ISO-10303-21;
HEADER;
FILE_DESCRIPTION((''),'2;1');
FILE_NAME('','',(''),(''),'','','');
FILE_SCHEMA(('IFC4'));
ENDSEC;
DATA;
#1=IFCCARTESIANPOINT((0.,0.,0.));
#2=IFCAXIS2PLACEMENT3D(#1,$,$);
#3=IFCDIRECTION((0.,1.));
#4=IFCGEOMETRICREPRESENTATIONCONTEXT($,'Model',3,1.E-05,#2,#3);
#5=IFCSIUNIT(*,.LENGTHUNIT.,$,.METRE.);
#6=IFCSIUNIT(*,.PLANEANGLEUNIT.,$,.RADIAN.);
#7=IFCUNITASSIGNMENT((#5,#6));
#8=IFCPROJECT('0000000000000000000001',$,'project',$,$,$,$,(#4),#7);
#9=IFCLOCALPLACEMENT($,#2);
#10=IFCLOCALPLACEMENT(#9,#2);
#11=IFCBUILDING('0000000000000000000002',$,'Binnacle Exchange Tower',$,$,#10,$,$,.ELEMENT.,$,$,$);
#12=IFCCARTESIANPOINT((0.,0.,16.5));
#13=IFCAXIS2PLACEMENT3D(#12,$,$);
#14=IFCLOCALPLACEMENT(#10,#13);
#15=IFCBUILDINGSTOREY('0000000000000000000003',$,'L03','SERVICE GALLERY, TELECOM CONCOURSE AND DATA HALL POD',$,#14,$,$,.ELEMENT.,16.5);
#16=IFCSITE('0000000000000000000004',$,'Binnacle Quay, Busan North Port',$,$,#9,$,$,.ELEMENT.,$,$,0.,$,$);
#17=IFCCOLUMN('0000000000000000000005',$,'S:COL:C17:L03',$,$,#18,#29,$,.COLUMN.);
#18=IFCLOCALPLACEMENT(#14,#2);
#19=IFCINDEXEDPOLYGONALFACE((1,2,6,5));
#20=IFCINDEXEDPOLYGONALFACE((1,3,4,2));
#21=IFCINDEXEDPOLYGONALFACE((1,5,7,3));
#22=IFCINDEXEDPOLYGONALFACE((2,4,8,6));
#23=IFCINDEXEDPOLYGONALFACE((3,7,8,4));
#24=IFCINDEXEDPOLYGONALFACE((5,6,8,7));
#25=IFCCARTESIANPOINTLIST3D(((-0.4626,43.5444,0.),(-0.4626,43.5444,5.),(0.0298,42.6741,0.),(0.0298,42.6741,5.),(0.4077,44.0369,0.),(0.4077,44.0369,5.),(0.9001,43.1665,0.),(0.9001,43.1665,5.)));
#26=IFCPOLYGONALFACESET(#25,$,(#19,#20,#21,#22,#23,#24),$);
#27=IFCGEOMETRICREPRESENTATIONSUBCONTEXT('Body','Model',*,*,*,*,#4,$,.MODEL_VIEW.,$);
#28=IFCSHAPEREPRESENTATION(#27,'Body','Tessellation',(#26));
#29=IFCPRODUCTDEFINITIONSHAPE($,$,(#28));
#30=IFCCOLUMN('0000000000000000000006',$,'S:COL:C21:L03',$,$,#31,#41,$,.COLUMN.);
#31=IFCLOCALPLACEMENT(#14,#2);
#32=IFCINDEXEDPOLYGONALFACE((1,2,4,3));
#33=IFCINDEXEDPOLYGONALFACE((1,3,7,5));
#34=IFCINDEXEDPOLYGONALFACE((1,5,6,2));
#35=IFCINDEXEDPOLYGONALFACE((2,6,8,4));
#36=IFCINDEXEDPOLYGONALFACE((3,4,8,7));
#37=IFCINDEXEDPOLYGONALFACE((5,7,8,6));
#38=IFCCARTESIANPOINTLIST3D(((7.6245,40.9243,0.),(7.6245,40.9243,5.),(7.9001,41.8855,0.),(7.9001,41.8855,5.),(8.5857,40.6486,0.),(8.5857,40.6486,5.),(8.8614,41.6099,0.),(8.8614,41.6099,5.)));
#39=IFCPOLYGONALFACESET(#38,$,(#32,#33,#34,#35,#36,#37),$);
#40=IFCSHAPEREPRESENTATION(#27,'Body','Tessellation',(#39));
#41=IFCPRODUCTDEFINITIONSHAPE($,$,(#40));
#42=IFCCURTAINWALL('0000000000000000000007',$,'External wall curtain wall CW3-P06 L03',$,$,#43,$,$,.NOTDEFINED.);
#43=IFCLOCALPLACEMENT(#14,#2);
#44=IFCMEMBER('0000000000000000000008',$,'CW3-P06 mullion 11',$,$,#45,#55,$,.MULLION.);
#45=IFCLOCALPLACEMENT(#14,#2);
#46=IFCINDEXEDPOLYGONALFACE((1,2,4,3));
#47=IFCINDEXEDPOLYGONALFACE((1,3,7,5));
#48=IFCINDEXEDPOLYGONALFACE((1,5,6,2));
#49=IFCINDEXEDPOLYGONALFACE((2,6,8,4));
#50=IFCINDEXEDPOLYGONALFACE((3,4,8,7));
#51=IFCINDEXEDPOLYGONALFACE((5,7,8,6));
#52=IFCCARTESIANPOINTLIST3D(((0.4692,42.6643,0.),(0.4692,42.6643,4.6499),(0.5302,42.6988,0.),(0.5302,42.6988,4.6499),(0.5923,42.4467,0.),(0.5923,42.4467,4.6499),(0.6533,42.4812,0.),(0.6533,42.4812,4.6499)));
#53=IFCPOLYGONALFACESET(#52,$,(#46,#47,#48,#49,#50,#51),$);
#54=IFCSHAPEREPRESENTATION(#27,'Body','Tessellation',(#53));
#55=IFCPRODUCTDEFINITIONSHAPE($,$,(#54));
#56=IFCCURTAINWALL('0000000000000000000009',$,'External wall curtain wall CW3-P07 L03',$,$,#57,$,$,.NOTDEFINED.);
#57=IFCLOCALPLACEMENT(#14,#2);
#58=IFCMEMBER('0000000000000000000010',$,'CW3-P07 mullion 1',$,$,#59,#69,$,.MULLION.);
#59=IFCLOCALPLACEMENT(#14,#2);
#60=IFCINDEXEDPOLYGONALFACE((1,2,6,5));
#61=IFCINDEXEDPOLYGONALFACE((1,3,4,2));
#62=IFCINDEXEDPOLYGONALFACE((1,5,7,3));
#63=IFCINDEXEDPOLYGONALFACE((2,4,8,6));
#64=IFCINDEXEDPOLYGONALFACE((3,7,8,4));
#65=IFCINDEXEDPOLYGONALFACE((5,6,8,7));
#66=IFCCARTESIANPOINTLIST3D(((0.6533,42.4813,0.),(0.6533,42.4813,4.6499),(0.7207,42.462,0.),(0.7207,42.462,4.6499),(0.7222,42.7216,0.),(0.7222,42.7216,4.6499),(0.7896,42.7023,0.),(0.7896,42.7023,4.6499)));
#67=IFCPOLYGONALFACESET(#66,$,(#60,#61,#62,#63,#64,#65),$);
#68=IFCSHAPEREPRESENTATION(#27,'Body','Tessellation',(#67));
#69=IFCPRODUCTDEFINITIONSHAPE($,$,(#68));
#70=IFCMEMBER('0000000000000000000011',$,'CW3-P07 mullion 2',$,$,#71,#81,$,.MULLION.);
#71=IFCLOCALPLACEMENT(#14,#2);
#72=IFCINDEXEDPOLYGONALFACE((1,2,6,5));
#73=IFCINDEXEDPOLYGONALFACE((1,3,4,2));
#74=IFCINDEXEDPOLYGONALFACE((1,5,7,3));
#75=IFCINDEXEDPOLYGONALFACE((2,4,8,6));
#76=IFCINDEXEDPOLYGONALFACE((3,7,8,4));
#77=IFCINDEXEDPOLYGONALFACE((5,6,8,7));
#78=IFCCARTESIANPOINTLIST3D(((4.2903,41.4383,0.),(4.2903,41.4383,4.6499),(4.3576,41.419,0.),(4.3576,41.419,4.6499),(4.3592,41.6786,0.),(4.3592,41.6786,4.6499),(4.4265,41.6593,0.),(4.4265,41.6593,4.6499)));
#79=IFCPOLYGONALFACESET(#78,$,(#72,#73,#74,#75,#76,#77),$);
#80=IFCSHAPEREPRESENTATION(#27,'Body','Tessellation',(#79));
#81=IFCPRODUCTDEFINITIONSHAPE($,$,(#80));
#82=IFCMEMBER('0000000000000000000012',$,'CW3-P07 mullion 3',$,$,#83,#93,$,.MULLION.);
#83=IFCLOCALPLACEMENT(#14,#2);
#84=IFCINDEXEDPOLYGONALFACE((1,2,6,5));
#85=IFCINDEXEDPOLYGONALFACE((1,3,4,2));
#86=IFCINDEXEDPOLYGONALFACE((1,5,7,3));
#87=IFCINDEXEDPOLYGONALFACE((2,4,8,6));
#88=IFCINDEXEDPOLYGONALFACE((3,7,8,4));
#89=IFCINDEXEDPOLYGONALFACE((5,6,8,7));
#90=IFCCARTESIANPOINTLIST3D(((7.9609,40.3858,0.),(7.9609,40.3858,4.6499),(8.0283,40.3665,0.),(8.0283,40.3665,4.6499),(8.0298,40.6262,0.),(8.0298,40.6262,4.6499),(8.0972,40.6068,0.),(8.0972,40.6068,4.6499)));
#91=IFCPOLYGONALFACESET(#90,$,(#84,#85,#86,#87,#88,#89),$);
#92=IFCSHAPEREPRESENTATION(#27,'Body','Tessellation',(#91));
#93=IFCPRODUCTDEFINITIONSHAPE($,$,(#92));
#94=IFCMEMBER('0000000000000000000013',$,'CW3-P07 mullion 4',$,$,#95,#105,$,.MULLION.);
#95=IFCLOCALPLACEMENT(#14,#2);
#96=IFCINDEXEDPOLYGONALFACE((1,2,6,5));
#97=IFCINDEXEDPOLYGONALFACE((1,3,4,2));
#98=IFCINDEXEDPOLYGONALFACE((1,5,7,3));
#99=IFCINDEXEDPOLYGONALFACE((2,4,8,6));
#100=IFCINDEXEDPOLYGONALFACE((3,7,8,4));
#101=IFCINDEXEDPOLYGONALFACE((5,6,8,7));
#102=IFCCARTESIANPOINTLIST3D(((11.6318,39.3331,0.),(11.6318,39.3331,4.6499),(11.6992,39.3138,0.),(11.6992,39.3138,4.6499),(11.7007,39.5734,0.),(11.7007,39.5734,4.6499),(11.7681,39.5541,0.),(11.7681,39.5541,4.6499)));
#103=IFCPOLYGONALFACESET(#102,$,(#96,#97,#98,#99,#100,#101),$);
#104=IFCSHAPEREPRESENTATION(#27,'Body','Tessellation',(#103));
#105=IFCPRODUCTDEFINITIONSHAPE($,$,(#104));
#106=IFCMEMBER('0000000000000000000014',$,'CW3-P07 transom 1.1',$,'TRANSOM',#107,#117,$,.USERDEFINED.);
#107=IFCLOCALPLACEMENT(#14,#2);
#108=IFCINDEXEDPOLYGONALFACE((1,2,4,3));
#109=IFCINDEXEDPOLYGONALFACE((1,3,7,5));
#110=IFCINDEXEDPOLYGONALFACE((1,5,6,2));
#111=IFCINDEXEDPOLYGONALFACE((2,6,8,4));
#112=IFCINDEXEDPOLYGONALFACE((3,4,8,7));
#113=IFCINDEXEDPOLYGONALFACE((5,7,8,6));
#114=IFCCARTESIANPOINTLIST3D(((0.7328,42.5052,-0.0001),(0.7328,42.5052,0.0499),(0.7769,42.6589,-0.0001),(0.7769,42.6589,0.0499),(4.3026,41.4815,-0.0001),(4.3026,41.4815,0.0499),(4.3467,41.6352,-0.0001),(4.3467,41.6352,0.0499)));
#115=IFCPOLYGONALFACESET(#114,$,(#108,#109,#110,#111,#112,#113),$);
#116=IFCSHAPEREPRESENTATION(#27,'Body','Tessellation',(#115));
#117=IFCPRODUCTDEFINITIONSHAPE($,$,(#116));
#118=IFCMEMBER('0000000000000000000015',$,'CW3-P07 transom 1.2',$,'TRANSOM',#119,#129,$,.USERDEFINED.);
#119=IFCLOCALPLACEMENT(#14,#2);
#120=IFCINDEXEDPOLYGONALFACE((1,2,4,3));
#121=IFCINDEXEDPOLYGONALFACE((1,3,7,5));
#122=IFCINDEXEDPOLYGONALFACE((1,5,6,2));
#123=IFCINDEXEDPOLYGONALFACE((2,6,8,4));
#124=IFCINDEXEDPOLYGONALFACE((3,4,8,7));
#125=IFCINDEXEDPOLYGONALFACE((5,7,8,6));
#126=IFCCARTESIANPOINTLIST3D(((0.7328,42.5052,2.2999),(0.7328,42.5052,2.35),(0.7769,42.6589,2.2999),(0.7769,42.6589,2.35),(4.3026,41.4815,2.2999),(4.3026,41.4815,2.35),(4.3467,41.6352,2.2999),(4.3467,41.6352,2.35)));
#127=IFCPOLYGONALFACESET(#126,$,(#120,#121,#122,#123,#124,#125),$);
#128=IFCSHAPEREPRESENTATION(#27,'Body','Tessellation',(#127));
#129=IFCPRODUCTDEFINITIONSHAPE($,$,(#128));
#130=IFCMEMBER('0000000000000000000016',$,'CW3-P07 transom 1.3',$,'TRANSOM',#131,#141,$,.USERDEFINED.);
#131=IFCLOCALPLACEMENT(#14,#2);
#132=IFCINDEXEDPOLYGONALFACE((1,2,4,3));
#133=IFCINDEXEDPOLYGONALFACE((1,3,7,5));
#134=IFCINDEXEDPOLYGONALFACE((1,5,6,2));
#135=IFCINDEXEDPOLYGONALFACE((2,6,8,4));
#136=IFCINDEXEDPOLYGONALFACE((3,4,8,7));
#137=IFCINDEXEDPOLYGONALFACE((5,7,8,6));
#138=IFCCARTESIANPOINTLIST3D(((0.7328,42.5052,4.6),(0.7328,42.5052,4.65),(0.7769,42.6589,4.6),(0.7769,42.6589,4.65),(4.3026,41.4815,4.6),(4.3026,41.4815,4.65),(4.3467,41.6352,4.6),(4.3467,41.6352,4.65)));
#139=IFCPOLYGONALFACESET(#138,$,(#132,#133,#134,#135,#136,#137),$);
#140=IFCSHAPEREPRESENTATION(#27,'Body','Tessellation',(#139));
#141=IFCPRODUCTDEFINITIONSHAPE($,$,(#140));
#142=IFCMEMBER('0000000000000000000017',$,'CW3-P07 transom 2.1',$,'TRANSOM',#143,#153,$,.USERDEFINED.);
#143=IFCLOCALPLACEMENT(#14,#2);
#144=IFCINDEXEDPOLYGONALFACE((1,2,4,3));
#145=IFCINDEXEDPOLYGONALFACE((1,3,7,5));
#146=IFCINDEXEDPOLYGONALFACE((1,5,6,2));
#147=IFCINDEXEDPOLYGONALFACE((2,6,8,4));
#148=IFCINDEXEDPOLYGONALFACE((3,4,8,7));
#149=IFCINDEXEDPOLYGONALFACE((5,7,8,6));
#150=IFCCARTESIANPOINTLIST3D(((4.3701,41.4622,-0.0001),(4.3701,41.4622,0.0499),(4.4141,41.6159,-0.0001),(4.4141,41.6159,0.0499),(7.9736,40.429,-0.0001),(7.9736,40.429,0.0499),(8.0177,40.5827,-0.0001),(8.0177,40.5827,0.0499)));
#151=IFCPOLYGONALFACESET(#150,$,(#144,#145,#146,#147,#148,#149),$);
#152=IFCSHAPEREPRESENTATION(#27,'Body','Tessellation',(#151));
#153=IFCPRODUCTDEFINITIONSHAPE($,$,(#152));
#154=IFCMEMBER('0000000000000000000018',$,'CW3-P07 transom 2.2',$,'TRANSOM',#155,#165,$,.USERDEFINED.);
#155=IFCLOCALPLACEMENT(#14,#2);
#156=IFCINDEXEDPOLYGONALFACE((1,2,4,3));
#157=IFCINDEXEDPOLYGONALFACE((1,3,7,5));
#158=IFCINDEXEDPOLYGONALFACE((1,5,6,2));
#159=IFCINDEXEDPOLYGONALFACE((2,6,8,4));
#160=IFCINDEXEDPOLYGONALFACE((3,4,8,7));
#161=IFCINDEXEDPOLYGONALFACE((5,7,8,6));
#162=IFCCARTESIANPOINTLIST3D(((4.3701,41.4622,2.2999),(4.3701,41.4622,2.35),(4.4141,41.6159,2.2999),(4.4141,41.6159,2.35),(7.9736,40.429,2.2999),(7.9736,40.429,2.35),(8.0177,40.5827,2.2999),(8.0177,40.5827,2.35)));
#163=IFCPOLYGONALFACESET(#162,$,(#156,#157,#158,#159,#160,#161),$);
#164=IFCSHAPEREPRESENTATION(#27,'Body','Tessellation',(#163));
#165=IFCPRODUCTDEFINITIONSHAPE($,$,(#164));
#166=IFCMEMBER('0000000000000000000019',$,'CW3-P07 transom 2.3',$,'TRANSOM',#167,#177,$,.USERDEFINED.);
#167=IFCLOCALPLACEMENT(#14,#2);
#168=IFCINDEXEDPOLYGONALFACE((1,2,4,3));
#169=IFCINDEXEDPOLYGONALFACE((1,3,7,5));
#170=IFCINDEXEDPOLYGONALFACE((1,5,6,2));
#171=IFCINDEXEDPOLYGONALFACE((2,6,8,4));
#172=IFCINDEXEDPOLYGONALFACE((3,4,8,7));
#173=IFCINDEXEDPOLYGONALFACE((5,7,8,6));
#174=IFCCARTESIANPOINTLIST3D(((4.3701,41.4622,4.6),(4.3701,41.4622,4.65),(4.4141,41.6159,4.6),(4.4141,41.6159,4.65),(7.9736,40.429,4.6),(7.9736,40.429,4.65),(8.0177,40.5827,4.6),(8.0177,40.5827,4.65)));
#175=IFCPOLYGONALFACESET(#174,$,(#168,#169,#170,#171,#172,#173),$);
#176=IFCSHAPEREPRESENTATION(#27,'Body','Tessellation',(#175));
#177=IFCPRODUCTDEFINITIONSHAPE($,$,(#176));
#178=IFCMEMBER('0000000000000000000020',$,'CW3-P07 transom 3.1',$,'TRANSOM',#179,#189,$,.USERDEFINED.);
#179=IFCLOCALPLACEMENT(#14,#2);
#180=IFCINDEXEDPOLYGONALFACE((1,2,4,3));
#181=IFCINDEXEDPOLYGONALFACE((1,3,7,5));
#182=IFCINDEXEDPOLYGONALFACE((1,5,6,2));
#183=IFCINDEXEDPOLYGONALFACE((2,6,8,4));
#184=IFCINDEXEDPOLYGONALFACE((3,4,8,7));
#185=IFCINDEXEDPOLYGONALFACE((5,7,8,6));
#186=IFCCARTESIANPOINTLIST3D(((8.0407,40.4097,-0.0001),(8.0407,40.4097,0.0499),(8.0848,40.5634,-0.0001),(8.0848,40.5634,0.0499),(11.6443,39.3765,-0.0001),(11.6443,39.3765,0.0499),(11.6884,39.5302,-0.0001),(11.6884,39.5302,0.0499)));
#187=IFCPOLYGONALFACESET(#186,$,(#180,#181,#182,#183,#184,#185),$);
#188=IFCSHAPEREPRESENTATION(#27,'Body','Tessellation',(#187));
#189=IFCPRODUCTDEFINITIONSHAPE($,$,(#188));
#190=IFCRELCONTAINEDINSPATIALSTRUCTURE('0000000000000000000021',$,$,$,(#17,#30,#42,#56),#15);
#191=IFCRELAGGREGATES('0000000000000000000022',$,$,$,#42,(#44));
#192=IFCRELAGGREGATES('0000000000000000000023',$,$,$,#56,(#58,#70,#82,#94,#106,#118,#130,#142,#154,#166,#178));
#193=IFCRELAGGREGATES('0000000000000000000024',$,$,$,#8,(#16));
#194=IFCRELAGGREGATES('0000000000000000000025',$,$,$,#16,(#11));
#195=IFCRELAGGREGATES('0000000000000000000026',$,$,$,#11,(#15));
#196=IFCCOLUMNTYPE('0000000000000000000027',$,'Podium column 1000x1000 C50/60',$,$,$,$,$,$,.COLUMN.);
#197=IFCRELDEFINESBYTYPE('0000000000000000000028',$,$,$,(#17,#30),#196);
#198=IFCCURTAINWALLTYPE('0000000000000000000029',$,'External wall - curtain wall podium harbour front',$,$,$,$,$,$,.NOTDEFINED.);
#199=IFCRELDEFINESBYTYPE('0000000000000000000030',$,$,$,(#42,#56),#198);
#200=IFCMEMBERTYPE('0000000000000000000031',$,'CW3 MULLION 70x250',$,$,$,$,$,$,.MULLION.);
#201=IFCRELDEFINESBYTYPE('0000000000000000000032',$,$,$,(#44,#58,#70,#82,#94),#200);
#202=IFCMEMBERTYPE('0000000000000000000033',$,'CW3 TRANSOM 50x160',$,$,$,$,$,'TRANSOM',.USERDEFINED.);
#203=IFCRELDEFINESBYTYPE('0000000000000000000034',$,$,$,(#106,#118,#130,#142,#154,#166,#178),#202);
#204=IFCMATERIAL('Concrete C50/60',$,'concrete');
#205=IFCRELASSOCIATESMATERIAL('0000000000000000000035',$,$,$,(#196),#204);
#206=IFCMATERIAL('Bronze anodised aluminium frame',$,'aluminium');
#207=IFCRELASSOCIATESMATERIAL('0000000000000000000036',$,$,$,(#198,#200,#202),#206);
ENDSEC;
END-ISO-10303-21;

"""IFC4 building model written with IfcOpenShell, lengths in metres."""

from ifc_helpers import new_model, si_unit, direction, frame, origin, origin_2d, place, context, subcontext, project, spatial, rectangle, extrude, material, material_profile, profile_set, type_object, element, aggregate, save


model = new_model("IFC4")

# Units and contexts
model_context = context("Model", 3, precision=1e-05, world=origin(), true_north=direction((0.0, 1.0)))
body_context = subcontext(model_context, "Body", "Model", "MODEL_VIEW")
ifc_project = project(units=[si_unit("LENGTHUNIT", "METRE"), si_unit("PLANEANGLEUNIT", "RADIAN")], contexts=[model_context])

# Site, building, storey
site_placement = place(None, origin())
site = spatial("IfcSite", under=ifc_project, at=site_placement, Name="Binnacle Quay, Busan North Port", CompositionType="ELEMENT", RefElevation=0.0)
building_placement = place(site_placement, origin())
building = spatial("IfcBuilding", under=site, at=building_placement, Name="Binnacle Exchange Tower", CompositionType="ELEMENT")
storey_placement = place(building_placement, frame((0.0, 0.0, 16.5)))
storey = spatial("IfcBuildingStorey", under=building, at=storey_placement, Name="L03", Description="SERVICE GALLERY, TELECOM CONCOURSE AND DATA HALL POD", CompositionType="ELEMENT", Elevation=16.5)

# Columns
ifc_material_1 = material(Name="Concrete C50/60", Category="concrete")
ifc_material_profile_1 = material_profile(ifc_material_1, rectangle(XDim=1.0, YDim=1.0, at=origin_2d()), Name="Podium column 1000x1000 C50/60")
ifc_profile_set_1 = profile_set([ifc_material_profile_1], Name="Concrete C50/60")
column_type = type_object("IfcColumnType", Name="Podium column 1000x1000 C50/60", PredefinedType="COLUMN", material=ifc_profile_set_1)
for number, where, z_axis, x_axis, name in (
    (1, (0.2188, 43.3555, 0.0), (0.0, 0.0, 1.0), (0.870356, 0.492424, 0.0), "S:COL:C17:L03"),
    (2, (8.2429, 41.2671, 0.0), (0.0, 0.0, 1.0), (0.961262, -0.275637, 0.0), "S:COL:C21:L03"),
):
    element("IfcColumn", number, at=place(storey_placement, frame(where, z_axis=z_axis, x_axis=x_axis)), inside=storey, type_object=column_type, Name=name, PredefinedType="COLUMN", context=body_context, shape_type="SweptSolid", body=[
        extrude(rectangle(XDim=1.0, YDim=1.0, at=origin_2d()), origin(), (0.0, 0.0, 1.0), 5.0),
    ])

# Curtain wall, member
ifc_material_2 = material(Name="Bronze anodised aluminium frame", Category="aluminium")
curtain_wall_type = type_object("IfcCurtainWallType", Name="External wall - curtain wall podium harbour front", PredefinedType="NOTDEFINED", material=ifc_material_2)
curtain_wall_1_placement = place(storey_placement, origin())
curtain_wall_1 = element("IfcCurtainWall", 3, at=curtain_wall_1_placement, inside=storey, type_object=curtain_wall_type, Name="External wall curtain wall CW3-P06 L03", PredefinedType="NOTDEFINED")
ifc_material_profile_2 = material_profile(ifc_material_2, rectangle(XDim=0.25, YDim=0.0701, at=origin_2d()), Name="AL 70x250")
ifc_profile_set_2 = profile_set([ifc_material_profile_2], Name="Bronze anodised aluminium frame")
member_type_1 = type_object("IfcMemberType", Name="CW3 MULLION 70x250", PredefinedType="MULLION", material=ifc_profile_set_2)
member_1_placement = place(storey_placement, frame((0.5613, 42.5728, 0.0), z_axis=(0.0, 0.0, 1.0), x_axis=(-0.492424, 0.870356, 0.0)))
member_1 = element("IfcMember", 4, at=member_1_placement, type_object=member_type_1, Name="CW3-P06 mullion 11", PredefinedType="MULLION", context=body_context, shape_type="SweptSolid", body=[
    extrude(rectangle(XDim=0.25, YDim=0.0701, at=origin_2d()), origin(), (0.0, 0.0, 1.0), 4.6499),
])
aggregate(curtain_wall_1, [member_1])

# Curtain wall, members
curtain_wall_2_placement = place(storey_placement, origin())
curtain_wall_2 = element("IfcCurtainWall", 5, at=curtain_wall_2_placement, inside=storey, type_object=curtain_wall_type, Name="External wall curtain wall CW3-P07 L03", PredefinedType="NOTDEFINED")
member_2_placement = place(storey_placement, frame((0.7214, 42.5918, 0.0), z_axis=(0.0, 0.0, 1.0), x_axis=(0.275637, 0.961262, 0.0)))
member_2 = element("IfcMember", 6, at=member_2_placement, type_object=member_type_1, Name="CW3-P07 mullion 1", PredefinedType="MULLION", context=body_context, shape_type="SweptSolid", body=[
    extrude(rectangle(XDim=0.25, YDim=0.0701, at=origin_2d()), origin(), (0.0, 0.0, 1.0), 4.6499),
])
member_3_placement = place(storey_placement, frame((4.3584, 41.5488, 0.0), z_axis=(0.0, 0.0, 1.0), x_axis=(0.275637, 0.961262, 0.0)))
member_3 = element("IfcMember", 7, at=member_3_placement, type_object=member_type_1, Name="CW3-P07 mullion 2", PredefinedType="MULLION", context=body_context, shape_type="SweptSolid", body=[
    extrude(rectangle(XDim=0.25, YDim=0.0701, at=origin_2d()), origin(), (0.0, 0.0, 1.0), 4.6499),
])
member_4_placement = place(storey_placement, frame((8.0291, 40.4963, 0.0), z_axis=(0.0, 0.0, 1.0), x_axis=(0.275637, 0.961262, 0.0)))
member_4 = element("IfcMember", 8, at=member_4_placement, type_object=member_type_1, Name="CW3-P07 mullion 3", PredefinedType="MULLION", context=body_context, shape_type="SweptSolid", body=[
    extrude(rectangle(XDim=0.25, YDim=0.0701, at=origin_2d()), origin(), (0.0, 0.0, 1.0), 4.6499),
])
member_5_placement = place(storey_placement, frame((11.7, 39.4436, 0.0), z_axis=(0.0, 0.0, 1.0), x_axis=(0.275637, 0.961262, 0.0)))
member_5 = element("IfcMember", 9, at=member_5_placement, type_object=member_type_1, Name="CW3-P07 mullion 4", PredefinedType="MULLION", context=body_context, shape_type="SweptSolid", body=[
    extrude(rectangle(XDim=0.25, YDim=0.0701, at=origin_2d()), origin(), (0.0, 0.0, 1.0), 4.6499),
])
ifc_material_profile_3 = material_profile(ifc_material_2, rectangle(XDim=0.1599, YDim=0.05, at=origin_2d()), Name="AL 160x50")
ifc_profile_set_3 = profile_set([ifc_material_profile_3], Name="Bronze anodised aluminium frame")
member_type_2 = type_object("IfcMemberType", Name="CW3 TRANSOM 50x160", ElementType="TRANSOM", PredefinedType="USERDEFINED", material=ifc_profile_set_3)
member_6_placement = place(storey_placement, frame((0.7549, 42.582, 0.0249), z_axis=(0.961258, -0.27565, 0.0), x_axis=(0.27565, 0.961258, 0.0)))
member_6 = element("IfcMember", 10, at=member_6_placement, type_object=member_type_2, Name="CW3-P07 transom 1.1", ObjectType="TRANSOM", PredefinedType="USERDEFINED", context=body_context, shape_type="SweptSolid", body=[
    extrude(rectangle(XDim=0.1599, YDim=0.05, at=origin_2d()), origin(), (0.0, 0.0, 1.0), 3.7136),
])
member_7_placement = place(storey_placement, frame((0.7549, 42.582, 2.325), z_axis=(0.961258, -0.27565, 0.0), x_axis=(0.27565, 0.961258, 0.0)))
member_7 = element("IfcMember", 11, at=member_7_placement, type_object=member_type_2, Name="CW3-P07 transom 1.2", ObjectType="TRANSOM", PredefinedType="USERDEFINED", context=body_context, shape_type="SweptSolid", body=[
    extrude(rectangle(XDim=0.1599, YDim=0.05, at=origin_2d()), origin(), (0.0, 0.0, 1.0), 3.7136),
])
member_8_placement = place(storey_placement, frame((0.7549, 42.582, 4.625), z_axis=(0.961258, -0.27565, 0.0), x_axis=(0.27565, 0.961258, 0.0)))
member_8 = element("IfcMember", 12, at=member_8_placement, type_object=member_type_2, Name="CW3-P07 transom 1.3", ObjectType="TRANSOM", PredefinedType="USERDEFINED", context=body_context, shape_type="SweptSolid", body=[
    extrude(rectangle(XDim=0.1599, YDim=0.05, at=origin_2d()), origin(), (0.0, 0.0, 1.0), 3.7136),
])
member_9_placement = place(storey_placement, frame((4.3921, 41.5391, 0.0249), z_axis=(0.961268, -0.275616, 0.0), x_axis=(0.275616, 0.961268, 0.0)))
member_9 = element("IfcMember", 13, at=member_9_placement, type_object=member_type_2, Name="CW3-P07 transom 2.1", ObjectType="TRANSOM", PredefinedType="USERDEFINED", context=body_context, shape_type="SweptSolid", body=[
    extrude(rectangle(XDim=0.1599, YDim=0.05, at=origin_2d()), origin(), (0.0, 0.0, 1.0), 3.7488),
])
member_10_placement = place(storey_placement, frame((4.3921, 41.5391, 2.325), z_axis=(0.961268, -0.275616, 0.0), x_axis=(0.275616, 0.961268, 0.0)))
member_10 = element("IfcMember", 14, at=member_10_placement, type_object=member_type_2, Name="CW3-P07 transom 2.2", ObjectType="TRANSOM", PredefinedType="USERDEFINED", context=body_context, shape_type="SweptSolid", body=[
    extrude(rectangle(XDim=0.1599, YDim=0.05, at=origin_2d()), origin(), (0.0, 0.0, 1.0), 3.7488),
])
member_11_placement = place(storey_placement, frame((4.3921, 41.5391, 4.625), z_axis=(0.961268, -0.275616, 0.0), x_axis=(0.275616, 0.961268, 0.0)))
member_11 = element("IfcMember", 15, at=member_11_placement, type_object=member_type_2, Name="CW3-P07 transom 2.3", ObjectType="TRANSOM", PredefinedType="USERDEFINED", context=body_context, shape_type="SweptSolid", body=[
    extrude(rectangle(XDim=0.1599, YDim=0.05, at=origin_2d()), origin(), (0.0, 0.0, 1.0), 3.7488),
])
member_12_placement = place(storey_placement, frame((8.0627, 40.4866, 0.0249), z_axis=(0.961268, -0.275616, 0.0), x_axis=(0.275616, 0.961268, 0.0)))
member_12 = element("IfcMember", 16, at=member_12_placement, type_object=member_type_2, Name="CW3-P07 transom 3.1", ObjectType="TRANSOM", PredefinedType="USERDEFINED", context=body_context, shape_type="SweptSolid", body=[
    extrude(rectangle(XDim=0.1599, YDim=0.05, at=origin_2d()), origin(), (0.0, 0.0, 1.0), 3.7488),
])

aggregate(curtain_wall_2, [member_2, member_3, member_4, member_5, member_6, member_7, member_8, member_9, member_10, member_11, member_12])

save(model, "model.ifc")
